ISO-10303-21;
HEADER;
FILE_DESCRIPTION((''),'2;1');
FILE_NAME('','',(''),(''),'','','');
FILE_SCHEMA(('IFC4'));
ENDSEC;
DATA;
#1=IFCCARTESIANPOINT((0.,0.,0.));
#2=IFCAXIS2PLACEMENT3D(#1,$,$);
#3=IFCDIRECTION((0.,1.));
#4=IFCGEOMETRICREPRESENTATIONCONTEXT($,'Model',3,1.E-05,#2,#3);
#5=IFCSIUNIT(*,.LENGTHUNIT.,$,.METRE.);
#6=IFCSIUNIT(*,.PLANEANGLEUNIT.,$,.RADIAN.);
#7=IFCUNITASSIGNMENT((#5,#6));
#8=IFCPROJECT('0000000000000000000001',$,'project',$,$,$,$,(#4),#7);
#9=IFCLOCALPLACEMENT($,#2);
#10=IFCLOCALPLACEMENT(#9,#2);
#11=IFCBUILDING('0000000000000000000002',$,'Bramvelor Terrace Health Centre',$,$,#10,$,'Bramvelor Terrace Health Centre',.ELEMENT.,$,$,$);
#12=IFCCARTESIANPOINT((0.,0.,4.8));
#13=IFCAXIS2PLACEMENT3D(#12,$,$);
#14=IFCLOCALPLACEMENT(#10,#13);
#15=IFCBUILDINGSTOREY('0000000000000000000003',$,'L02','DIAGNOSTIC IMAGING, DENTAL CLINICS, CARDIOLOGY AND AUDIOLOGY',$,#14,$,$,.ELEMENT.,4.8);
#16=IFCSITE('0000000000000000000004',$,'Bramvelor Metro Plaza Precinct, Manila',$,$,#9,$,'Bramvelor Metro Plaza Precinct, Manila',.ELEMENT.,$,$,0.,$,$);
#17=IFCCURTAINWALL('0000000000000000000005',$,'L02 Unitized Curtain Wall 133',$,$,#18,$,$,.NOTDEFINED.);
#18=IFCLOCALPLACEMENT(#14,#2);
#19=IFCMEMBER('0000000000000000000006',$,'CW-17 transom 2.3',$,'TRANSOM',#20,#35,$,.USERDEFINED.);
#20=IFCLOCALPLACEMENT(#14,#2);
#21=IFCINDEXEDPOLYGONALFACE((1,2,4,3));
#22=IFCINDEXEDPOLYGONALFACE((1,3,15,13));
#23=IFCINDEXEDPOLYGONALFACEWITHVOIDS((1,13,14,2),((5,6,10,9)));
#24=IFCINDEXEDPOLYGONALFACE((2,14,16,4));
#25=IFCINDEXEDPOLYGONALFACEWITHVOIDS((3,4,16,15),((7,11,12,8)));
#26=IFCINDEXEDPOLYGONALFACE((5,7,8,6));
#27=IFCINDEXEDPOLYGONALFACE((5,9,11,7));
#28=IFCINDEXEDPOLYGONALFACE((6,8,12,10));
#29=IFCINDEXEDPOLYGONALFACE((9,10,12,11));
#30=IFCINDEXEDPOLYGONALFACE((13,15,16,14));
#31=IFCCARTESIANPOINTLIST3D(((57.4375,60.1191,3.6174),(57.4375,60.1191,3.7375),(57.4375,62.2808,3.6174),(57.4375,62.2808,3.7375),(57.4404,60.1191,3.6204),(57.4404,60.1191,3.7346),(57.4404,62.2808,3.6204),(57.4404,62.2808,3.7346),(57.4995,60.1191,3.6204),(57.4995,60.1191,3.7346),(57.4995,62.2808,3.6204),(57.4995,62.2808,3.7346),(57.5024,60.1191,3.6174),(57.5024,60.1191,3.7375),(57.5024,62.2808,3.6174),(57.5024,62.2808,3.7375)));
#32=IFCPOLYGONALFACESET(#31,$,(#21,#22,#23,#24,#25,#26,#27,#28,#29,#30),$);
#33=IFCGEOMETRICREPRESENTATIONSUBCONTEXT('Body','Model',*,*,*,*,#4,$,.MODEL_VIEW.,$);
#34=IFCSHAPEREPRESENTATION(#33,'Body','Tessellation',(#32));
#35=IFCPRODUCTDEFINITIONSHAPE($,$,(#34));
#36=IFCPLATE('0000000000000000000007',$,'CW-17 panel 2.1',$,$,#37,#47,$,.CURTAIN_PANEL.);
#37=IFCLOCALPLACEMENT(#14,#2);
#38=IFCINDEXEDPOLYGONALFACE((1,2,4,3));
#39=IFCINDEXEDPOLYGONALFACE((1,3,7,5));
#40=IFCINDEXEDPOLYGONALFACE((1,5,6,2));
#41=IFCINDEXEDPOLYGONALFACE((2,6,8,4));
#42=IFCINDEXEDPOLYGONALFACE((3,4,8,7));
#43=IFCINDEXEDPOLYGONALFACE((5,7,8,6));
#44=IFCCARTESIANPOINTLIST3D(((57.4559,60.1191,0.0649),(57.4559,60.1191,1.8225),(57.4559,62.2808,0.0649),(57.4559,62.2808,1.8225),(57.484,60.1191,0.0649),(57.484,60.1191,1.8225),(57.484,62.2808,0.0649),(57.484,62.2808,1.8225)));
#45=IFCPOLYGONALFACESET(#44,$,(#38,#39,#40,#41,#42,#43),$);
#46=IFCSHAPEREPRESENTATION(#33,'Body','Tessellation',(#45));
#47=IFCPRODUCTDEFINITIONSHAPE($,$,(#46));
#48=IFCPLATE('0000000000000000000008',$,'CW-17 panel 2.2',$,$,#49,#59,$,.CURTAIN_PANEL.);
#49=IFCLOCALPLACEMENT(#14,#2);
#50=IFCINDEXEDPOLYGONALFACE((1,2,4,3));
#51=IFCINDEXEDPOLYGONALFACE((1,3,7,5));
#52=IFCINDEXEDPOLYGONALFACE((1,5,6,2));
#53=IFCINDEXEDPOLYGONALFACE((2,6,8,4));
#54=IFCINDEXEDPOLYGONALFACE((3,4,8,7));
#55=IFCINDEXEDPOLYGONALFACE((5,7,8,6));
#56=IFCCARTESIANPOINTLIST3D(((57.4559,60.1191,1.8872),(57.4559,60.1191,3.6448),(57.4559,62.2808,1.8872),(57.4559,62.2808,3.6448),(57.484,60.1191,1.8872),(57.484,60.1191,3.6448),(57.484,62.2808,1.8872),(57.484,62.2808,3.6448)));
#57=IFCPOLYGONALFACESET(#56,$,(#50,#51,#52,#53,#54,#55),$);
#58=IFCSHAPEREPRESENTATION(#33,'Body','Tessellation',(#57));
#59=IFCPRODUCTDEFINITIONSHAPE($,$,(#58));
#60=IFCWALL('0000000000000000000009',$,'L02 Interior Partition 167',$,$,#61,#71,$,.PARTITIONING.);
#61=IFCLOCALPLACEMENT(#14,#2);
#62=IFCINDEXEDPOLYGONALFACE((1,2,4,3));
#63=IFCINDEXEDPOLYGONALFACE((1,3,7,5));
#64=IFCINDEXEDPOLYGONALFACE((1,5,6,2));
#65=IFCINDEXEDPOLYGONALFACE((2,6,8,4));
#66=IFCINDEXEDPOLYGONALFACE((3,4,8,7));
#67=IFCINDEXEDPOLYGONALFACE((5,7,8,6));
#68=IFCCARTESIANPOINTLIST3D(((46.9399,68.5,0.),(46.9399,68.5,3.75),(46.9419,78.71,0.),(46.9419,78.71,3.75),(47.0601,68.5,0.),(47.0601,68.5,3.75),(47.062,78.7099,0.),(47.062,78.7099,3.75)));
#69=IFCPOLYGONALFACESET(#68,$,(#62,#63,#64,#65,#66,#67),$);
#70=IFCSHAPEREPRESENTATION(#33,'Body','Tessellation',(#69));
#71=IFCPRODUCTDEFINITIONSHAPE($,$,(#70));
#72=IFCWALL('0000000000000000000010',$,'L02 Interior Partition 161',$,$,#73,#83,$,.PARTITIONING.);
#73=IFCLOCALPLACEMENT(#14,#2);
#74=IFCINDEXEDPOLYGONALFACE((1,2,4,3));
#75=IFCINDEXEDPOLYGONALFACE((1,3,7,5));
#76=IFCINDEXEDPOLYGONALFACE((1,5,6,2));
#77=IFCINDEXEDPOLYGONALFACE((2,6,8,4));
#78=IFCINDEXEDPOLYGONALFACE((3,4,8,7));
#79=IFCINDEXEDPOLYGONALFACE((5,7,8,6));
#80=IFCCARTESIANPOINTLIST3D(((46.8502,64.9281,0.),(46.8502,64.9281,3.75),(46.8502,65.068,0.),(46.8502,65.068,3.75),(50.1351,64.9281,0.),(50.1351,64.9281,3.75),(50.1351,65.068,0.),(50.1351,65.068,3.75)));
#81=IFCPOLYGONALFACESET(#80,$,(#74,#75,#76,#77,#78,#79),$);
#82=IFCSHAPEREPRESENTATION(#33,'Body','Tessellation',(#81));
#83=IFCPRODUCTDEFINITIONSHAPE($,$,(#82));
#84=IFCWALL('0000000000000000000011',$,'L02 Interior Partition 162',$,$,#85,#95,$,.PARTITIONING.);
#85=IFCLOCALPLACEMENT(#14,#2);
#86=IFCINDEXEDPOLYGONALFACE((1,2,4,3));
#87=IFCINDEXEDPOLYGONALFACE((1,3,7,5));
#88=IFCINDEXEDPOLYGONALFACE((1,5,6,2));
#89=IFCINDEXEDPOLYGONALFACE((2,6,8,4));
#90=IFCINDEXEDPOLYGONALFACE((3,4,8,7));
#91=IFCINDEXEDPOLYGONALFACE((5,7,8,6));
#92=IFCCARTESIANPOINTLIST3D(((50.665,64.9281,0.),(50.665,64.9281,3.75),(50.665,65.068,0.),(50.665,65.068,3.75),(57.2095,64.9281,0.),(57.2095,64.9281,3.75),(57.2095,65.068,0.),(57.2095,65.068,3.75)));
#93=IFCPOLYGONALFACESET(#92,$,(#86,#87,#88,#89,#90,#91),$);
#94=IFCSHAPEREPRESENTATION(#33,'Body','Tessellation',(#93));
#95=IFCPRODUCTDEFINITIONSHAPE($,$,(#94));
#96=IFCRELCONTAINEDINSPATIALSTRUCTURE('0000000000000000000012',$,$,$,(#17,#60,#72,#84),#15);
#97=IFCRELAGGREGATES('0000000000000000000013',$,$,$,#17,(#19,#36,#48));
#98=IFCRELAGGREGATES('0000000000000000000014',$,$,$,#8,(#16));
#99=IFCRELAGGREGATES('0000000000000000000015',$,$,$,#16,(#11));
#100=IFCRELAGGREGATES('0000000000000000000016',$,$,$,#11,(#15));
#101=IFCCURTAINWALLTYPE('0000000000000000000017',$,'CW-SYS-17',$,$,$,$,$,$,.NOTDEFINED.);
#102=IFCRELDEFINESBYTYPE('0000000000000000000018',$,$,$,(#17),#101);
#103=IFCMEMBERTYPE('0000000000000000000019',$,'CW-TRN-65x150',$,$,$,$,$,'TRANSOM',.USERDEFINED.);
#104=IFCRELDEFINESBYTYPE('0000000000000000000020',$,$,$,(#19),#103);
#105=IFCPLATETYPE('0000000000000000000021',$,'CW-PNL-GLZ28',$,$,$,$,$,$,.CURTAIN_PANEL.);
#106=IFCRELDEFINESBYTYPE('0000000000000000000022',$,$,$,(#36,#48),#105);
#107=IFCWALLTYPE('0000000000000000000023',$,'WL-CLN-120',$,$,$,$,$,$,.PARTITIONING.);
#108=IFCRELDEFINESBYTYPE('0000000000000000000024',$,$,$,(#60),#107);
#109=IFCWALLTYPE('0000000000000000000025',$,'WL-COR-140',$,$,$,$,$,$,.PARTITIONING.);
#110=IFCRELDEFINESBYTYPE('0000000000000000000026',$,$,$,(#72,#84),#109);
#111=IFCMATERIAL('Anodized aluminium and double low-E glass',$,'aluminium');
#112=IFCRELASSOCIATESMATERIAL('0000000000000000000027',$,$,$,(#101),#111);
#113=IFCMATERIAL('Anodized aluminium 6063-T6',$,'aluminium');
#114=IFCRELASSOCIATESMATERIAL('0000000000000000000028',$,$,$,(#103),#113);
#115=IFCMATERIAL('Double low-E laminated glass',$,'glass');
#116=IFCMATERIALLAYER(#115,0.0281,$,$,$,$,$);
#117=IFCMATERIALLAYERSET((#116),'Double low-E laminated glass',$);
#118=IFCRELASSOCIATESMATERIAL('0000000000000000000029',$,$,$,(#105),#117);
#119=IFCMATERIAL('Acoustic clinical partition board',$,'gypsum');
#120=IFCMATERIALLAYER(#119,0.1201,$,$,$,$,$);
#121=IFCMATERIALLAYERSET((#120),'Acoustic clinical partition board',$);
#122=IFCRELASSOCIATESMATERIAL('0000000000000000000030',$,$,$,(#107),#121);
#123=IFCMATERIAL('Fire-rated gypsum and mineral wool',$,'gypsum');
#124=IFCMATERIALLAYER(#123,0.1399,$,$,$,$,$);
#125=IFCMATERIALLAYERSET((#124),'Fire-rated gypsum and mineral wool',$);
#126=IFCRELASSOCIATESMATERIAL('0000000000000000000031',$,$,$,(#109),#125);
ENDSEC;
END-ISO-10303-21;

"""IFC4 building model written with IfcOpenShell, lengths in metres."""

from ifc_helpers import new_model, si_unit, direction, frame, frame_2d, origin, origin_2d, place, context, subcontext, project, spatial, rectangle, hollow_rectangle, extrude, material, layer, layer_set, material_profile, profile_set, type_object, element, aggregate, save


model = new_model("IFC4")

# Units and contexts
model_context = context("Model", 3, precision=1e-05, world=origin(), true_north=direction((0.0, 1.0)))
body_context = subcontext(model_context, "Body", "Model", "MODEL_VIEW")
ifc_project = project(units=[si_unit("LENGTHUNIT", "METRE"), si_unit("PLANEANGLEUNIT", "RADIAN")], contexts=[model_context])

# Site, building, storey
site_placement = place(None, origin())
site = spatial("IfcSite", under=ifc_project, at=site_placement, Name="Bramvelor Metro Plaza Precinct, Manila", LongName="Bramvelor Metro Plaza Precinct, Manila", CompositionType="ELEMENT", RefElevation=0.0)
building_placement = place(site_placement, origin())
building = spatial("IfcBuilding", under=site, at=building_placement, Name="Bramvelor Terrace Health Centre", LongName="Bramvelor Terrace Health Centre", CompositionType="ELEMENT")
storey_placement = place(building_placement, frame((0.0, 0.0, 4.8)))
storey = spatial("IfcBuildingStorey", under=building, at=storey_placement, Name="L02", Description="DIAGNOSTIC IMAGING, DENTAL CLINICS, CARDIOLOGY AND AUDIOLOGY", CompositionType="ELEMENT", Elevation=4.8)

# Curtain wall, member, plates
ifc_material_1 = material(Name="Anodized aluminium and double low-E glass", Category="aluminium")
curtain_wall_type = type_object("IfcCurtainWallType", Name="CW-SYS-17", PredefinedType="NOTDEFINED", material=ifc_material_1)
curtain_wall_placement = place(storey_placement, origin())
curtain_wall = element("IfcCurtainWall", 1, at=curtain_wall_placement, inside=storey, type_object=curtain_wall_type, Name="L02 Unitized Curtain Wall 133", PredefinedType="NOTDEFINED")
ifc_material_2 = material(Name="Anodized aluminium 6063-T6", Category="aluminium")
ifc_material_profile_1 = material_profile(ifc_material_2, hollow_rectangle(XDim=0.0649, YDim=0.1201, WallThickness=0.0029, at=origin_2d()), Name="ALU-TRN 65x120x3.0")
ifc_profile_set_1 = profile_set([ifc_material_profile_1], Name="Anodized aluminium 6063-T6")
member_type_1 = type_object("IfcMemberType", Name="CW-TRN-65x150", ElementType="TRANSOM", PredefinedType="USERDEFINED", material=ifc_profile_set_1)
member_1_placement = place(storey_placement, frame((57.47, 62.2808, 3.6775), z_axis=(0.0, -1.0, 0.0), x_axis=(1.0, 0.0, 0.0)))
member_1 = element("IfcMember", 2, at=member_1_placement, type_object=member_type_1, Name="CW-17 transom 2.3", ObjectType="TRANSOM", PredefinedType="USERDEFINED", context=body_context, shape_type="SweptSolid", body=[
    extrude(hollow_rectangle(XDim=0.0649, YDim=0.1201, WallThickness=0.0029, at=origin_2d()), origin(), (0.0, 0.0, 1.0), 2.1616),
])
ifc_material_3 = material(Name="Double low-E laminated glass", Category="glass")
ifc_layer_1 = layer(ifc_material_3, 0.0281)
ifc_layer_set_1 = layer_set([ifc_layer_1], Name="Double low-E laminated glass")
plate_type = type_object("IfcPlateType", Name="CW-PNL-GLZ28", PredefinedType="CURTAIN_PANEL", material=ifc_layer_set_1)
plate_1_placement = place(storey_placement, frame((57.47, 61.2, 0.0649), z_axis=(0.0, 0.0, 1.0), x_axis=(0.0, -1.0, 0.0)))
plate_1 = element("IfcPlate", 3, at=plate_1_placement, type_object=plate_type, Name="CW-17 panel 2.1", PredefinedType="CURTAIN_PANEL", context=body_context, shape_type="SweptSolid", body=[
    extrude(rectangle(XDim=2.1616, YDim=0.0281, at=origin_2d()), origin(), (0.0, 0.0, 1.0), 1.7576),
])
plate_2_placement = place(storey_placement, frame((57.47, 61.2, 1.8872), z_axis=(0.0, 0.0, 1.0), x_axis=(0.0, -1.0, 0.0)))
plate_2 = element("IfcPlate", 4, at=plate_2_placement, type_object=plate_type, Name="CW-17 panel 2.2", PredefinedType="CURTAIN_PANEL", context=body_context, shape_type="SweptSolid", body=[
    extrude(rectangle(XDim=2.1616, YDim=0.0281, at=origin_2d()), origin(), (0.0, 0.0, 1.0), 1.7576),
])
aggregate(curtain_wall, [member_1, plate_1, plate_2])

# Walls
ifc_material_4 = material(Name="Acoustic clinical partition board", Category="gypsum")
ifc_layer_2 = layer(ifc_material_4, 0.1201)
ifc_layer_set_2 = layer_set([ifc_layer_2], Name="Acoustic clinical partition board")
wall_type_1 = type_object("IfcWallType", Name="WL-CLN-120", PredefinedType="PARTITIONING", material=ifc_layer_set_2)
wall_1_placement = place(storey_placement, frame((47.0, 68.5, 0.0), z_axis=(0.0, 0.0, 1.0), x_axis=(0.000191, 1.0, 0.0)))
element("IfcWall", 5, at=wall_1_placement, inside=storey, type_object=wall_type_1, Name="L02 Interior Partition 167", PredefinedType="PARTITIONING", context=body_context, shape_type="SweptSolid", body=[
    extrude(rectangle(XDim=10.21, YDim=0.1201, at=frame_2d((5.105, 0.0))), origin(), (0.0, 0.0, 1.0), 3.75),
])
ifc_material_5 = material(Name="Fire-rated gypsum and mineral wool", Category="gypsum")
ifc_layer_3 = layer(ifc_material_5, 0.1399)
ifc_layer_set_3 = layer_set([ifc_layer_3], Name="Fire-rated gypsum and mineral wool")
wall_type_2 = type_object("IfcWallType", Name="WL-COR-140", PredefinedType="PARTITIONING", material=ifc_layer_set_3)
wall_2_placement = place(storey_placement, frame((46.8501, 64.998, 0.0), z_axis=(0.0, 0.0, 1.0), x_axis=(1.0, 0.0, 0.0)))
element("IfcWall", 6, at=wall_2_placement, inside=storey, type_object=wall_type_2, Name="L02 Interior Partition 161", PredefinedType="PARTITIONING", context=body_context, shape_type="SweptSolid", body=[
    extrude(rectangle(XDim=3.2849, YDim=0.1399, at=frame_2d((1.6426, 0.0))), origin(), (0.0, 0.0, 1.0), 3.75),
])
wall_3_placement = place(storey_placement, frame((50.665, 64.998, 0.0), z_axis=(0.0, 0.0, 1.0), x_axis=(1.0, 0.0, 0.0)))
element("IfcWall", 7, at=wall_3_placement, inside=storey, type_object=wall_type_2, Name="L02 Interior Partition 162", PredefinedType="PARTITIONING", context=body_context, shape_type="SweptSolid", body=[
    extrude(rectangle(XDim=6.5444, YDim=0.1399, at=frame_2d((3.2722, 0.0))), origin(), (0.0, 0.0, 1.0), 3.75),
])

save(model, "model.ifc")
